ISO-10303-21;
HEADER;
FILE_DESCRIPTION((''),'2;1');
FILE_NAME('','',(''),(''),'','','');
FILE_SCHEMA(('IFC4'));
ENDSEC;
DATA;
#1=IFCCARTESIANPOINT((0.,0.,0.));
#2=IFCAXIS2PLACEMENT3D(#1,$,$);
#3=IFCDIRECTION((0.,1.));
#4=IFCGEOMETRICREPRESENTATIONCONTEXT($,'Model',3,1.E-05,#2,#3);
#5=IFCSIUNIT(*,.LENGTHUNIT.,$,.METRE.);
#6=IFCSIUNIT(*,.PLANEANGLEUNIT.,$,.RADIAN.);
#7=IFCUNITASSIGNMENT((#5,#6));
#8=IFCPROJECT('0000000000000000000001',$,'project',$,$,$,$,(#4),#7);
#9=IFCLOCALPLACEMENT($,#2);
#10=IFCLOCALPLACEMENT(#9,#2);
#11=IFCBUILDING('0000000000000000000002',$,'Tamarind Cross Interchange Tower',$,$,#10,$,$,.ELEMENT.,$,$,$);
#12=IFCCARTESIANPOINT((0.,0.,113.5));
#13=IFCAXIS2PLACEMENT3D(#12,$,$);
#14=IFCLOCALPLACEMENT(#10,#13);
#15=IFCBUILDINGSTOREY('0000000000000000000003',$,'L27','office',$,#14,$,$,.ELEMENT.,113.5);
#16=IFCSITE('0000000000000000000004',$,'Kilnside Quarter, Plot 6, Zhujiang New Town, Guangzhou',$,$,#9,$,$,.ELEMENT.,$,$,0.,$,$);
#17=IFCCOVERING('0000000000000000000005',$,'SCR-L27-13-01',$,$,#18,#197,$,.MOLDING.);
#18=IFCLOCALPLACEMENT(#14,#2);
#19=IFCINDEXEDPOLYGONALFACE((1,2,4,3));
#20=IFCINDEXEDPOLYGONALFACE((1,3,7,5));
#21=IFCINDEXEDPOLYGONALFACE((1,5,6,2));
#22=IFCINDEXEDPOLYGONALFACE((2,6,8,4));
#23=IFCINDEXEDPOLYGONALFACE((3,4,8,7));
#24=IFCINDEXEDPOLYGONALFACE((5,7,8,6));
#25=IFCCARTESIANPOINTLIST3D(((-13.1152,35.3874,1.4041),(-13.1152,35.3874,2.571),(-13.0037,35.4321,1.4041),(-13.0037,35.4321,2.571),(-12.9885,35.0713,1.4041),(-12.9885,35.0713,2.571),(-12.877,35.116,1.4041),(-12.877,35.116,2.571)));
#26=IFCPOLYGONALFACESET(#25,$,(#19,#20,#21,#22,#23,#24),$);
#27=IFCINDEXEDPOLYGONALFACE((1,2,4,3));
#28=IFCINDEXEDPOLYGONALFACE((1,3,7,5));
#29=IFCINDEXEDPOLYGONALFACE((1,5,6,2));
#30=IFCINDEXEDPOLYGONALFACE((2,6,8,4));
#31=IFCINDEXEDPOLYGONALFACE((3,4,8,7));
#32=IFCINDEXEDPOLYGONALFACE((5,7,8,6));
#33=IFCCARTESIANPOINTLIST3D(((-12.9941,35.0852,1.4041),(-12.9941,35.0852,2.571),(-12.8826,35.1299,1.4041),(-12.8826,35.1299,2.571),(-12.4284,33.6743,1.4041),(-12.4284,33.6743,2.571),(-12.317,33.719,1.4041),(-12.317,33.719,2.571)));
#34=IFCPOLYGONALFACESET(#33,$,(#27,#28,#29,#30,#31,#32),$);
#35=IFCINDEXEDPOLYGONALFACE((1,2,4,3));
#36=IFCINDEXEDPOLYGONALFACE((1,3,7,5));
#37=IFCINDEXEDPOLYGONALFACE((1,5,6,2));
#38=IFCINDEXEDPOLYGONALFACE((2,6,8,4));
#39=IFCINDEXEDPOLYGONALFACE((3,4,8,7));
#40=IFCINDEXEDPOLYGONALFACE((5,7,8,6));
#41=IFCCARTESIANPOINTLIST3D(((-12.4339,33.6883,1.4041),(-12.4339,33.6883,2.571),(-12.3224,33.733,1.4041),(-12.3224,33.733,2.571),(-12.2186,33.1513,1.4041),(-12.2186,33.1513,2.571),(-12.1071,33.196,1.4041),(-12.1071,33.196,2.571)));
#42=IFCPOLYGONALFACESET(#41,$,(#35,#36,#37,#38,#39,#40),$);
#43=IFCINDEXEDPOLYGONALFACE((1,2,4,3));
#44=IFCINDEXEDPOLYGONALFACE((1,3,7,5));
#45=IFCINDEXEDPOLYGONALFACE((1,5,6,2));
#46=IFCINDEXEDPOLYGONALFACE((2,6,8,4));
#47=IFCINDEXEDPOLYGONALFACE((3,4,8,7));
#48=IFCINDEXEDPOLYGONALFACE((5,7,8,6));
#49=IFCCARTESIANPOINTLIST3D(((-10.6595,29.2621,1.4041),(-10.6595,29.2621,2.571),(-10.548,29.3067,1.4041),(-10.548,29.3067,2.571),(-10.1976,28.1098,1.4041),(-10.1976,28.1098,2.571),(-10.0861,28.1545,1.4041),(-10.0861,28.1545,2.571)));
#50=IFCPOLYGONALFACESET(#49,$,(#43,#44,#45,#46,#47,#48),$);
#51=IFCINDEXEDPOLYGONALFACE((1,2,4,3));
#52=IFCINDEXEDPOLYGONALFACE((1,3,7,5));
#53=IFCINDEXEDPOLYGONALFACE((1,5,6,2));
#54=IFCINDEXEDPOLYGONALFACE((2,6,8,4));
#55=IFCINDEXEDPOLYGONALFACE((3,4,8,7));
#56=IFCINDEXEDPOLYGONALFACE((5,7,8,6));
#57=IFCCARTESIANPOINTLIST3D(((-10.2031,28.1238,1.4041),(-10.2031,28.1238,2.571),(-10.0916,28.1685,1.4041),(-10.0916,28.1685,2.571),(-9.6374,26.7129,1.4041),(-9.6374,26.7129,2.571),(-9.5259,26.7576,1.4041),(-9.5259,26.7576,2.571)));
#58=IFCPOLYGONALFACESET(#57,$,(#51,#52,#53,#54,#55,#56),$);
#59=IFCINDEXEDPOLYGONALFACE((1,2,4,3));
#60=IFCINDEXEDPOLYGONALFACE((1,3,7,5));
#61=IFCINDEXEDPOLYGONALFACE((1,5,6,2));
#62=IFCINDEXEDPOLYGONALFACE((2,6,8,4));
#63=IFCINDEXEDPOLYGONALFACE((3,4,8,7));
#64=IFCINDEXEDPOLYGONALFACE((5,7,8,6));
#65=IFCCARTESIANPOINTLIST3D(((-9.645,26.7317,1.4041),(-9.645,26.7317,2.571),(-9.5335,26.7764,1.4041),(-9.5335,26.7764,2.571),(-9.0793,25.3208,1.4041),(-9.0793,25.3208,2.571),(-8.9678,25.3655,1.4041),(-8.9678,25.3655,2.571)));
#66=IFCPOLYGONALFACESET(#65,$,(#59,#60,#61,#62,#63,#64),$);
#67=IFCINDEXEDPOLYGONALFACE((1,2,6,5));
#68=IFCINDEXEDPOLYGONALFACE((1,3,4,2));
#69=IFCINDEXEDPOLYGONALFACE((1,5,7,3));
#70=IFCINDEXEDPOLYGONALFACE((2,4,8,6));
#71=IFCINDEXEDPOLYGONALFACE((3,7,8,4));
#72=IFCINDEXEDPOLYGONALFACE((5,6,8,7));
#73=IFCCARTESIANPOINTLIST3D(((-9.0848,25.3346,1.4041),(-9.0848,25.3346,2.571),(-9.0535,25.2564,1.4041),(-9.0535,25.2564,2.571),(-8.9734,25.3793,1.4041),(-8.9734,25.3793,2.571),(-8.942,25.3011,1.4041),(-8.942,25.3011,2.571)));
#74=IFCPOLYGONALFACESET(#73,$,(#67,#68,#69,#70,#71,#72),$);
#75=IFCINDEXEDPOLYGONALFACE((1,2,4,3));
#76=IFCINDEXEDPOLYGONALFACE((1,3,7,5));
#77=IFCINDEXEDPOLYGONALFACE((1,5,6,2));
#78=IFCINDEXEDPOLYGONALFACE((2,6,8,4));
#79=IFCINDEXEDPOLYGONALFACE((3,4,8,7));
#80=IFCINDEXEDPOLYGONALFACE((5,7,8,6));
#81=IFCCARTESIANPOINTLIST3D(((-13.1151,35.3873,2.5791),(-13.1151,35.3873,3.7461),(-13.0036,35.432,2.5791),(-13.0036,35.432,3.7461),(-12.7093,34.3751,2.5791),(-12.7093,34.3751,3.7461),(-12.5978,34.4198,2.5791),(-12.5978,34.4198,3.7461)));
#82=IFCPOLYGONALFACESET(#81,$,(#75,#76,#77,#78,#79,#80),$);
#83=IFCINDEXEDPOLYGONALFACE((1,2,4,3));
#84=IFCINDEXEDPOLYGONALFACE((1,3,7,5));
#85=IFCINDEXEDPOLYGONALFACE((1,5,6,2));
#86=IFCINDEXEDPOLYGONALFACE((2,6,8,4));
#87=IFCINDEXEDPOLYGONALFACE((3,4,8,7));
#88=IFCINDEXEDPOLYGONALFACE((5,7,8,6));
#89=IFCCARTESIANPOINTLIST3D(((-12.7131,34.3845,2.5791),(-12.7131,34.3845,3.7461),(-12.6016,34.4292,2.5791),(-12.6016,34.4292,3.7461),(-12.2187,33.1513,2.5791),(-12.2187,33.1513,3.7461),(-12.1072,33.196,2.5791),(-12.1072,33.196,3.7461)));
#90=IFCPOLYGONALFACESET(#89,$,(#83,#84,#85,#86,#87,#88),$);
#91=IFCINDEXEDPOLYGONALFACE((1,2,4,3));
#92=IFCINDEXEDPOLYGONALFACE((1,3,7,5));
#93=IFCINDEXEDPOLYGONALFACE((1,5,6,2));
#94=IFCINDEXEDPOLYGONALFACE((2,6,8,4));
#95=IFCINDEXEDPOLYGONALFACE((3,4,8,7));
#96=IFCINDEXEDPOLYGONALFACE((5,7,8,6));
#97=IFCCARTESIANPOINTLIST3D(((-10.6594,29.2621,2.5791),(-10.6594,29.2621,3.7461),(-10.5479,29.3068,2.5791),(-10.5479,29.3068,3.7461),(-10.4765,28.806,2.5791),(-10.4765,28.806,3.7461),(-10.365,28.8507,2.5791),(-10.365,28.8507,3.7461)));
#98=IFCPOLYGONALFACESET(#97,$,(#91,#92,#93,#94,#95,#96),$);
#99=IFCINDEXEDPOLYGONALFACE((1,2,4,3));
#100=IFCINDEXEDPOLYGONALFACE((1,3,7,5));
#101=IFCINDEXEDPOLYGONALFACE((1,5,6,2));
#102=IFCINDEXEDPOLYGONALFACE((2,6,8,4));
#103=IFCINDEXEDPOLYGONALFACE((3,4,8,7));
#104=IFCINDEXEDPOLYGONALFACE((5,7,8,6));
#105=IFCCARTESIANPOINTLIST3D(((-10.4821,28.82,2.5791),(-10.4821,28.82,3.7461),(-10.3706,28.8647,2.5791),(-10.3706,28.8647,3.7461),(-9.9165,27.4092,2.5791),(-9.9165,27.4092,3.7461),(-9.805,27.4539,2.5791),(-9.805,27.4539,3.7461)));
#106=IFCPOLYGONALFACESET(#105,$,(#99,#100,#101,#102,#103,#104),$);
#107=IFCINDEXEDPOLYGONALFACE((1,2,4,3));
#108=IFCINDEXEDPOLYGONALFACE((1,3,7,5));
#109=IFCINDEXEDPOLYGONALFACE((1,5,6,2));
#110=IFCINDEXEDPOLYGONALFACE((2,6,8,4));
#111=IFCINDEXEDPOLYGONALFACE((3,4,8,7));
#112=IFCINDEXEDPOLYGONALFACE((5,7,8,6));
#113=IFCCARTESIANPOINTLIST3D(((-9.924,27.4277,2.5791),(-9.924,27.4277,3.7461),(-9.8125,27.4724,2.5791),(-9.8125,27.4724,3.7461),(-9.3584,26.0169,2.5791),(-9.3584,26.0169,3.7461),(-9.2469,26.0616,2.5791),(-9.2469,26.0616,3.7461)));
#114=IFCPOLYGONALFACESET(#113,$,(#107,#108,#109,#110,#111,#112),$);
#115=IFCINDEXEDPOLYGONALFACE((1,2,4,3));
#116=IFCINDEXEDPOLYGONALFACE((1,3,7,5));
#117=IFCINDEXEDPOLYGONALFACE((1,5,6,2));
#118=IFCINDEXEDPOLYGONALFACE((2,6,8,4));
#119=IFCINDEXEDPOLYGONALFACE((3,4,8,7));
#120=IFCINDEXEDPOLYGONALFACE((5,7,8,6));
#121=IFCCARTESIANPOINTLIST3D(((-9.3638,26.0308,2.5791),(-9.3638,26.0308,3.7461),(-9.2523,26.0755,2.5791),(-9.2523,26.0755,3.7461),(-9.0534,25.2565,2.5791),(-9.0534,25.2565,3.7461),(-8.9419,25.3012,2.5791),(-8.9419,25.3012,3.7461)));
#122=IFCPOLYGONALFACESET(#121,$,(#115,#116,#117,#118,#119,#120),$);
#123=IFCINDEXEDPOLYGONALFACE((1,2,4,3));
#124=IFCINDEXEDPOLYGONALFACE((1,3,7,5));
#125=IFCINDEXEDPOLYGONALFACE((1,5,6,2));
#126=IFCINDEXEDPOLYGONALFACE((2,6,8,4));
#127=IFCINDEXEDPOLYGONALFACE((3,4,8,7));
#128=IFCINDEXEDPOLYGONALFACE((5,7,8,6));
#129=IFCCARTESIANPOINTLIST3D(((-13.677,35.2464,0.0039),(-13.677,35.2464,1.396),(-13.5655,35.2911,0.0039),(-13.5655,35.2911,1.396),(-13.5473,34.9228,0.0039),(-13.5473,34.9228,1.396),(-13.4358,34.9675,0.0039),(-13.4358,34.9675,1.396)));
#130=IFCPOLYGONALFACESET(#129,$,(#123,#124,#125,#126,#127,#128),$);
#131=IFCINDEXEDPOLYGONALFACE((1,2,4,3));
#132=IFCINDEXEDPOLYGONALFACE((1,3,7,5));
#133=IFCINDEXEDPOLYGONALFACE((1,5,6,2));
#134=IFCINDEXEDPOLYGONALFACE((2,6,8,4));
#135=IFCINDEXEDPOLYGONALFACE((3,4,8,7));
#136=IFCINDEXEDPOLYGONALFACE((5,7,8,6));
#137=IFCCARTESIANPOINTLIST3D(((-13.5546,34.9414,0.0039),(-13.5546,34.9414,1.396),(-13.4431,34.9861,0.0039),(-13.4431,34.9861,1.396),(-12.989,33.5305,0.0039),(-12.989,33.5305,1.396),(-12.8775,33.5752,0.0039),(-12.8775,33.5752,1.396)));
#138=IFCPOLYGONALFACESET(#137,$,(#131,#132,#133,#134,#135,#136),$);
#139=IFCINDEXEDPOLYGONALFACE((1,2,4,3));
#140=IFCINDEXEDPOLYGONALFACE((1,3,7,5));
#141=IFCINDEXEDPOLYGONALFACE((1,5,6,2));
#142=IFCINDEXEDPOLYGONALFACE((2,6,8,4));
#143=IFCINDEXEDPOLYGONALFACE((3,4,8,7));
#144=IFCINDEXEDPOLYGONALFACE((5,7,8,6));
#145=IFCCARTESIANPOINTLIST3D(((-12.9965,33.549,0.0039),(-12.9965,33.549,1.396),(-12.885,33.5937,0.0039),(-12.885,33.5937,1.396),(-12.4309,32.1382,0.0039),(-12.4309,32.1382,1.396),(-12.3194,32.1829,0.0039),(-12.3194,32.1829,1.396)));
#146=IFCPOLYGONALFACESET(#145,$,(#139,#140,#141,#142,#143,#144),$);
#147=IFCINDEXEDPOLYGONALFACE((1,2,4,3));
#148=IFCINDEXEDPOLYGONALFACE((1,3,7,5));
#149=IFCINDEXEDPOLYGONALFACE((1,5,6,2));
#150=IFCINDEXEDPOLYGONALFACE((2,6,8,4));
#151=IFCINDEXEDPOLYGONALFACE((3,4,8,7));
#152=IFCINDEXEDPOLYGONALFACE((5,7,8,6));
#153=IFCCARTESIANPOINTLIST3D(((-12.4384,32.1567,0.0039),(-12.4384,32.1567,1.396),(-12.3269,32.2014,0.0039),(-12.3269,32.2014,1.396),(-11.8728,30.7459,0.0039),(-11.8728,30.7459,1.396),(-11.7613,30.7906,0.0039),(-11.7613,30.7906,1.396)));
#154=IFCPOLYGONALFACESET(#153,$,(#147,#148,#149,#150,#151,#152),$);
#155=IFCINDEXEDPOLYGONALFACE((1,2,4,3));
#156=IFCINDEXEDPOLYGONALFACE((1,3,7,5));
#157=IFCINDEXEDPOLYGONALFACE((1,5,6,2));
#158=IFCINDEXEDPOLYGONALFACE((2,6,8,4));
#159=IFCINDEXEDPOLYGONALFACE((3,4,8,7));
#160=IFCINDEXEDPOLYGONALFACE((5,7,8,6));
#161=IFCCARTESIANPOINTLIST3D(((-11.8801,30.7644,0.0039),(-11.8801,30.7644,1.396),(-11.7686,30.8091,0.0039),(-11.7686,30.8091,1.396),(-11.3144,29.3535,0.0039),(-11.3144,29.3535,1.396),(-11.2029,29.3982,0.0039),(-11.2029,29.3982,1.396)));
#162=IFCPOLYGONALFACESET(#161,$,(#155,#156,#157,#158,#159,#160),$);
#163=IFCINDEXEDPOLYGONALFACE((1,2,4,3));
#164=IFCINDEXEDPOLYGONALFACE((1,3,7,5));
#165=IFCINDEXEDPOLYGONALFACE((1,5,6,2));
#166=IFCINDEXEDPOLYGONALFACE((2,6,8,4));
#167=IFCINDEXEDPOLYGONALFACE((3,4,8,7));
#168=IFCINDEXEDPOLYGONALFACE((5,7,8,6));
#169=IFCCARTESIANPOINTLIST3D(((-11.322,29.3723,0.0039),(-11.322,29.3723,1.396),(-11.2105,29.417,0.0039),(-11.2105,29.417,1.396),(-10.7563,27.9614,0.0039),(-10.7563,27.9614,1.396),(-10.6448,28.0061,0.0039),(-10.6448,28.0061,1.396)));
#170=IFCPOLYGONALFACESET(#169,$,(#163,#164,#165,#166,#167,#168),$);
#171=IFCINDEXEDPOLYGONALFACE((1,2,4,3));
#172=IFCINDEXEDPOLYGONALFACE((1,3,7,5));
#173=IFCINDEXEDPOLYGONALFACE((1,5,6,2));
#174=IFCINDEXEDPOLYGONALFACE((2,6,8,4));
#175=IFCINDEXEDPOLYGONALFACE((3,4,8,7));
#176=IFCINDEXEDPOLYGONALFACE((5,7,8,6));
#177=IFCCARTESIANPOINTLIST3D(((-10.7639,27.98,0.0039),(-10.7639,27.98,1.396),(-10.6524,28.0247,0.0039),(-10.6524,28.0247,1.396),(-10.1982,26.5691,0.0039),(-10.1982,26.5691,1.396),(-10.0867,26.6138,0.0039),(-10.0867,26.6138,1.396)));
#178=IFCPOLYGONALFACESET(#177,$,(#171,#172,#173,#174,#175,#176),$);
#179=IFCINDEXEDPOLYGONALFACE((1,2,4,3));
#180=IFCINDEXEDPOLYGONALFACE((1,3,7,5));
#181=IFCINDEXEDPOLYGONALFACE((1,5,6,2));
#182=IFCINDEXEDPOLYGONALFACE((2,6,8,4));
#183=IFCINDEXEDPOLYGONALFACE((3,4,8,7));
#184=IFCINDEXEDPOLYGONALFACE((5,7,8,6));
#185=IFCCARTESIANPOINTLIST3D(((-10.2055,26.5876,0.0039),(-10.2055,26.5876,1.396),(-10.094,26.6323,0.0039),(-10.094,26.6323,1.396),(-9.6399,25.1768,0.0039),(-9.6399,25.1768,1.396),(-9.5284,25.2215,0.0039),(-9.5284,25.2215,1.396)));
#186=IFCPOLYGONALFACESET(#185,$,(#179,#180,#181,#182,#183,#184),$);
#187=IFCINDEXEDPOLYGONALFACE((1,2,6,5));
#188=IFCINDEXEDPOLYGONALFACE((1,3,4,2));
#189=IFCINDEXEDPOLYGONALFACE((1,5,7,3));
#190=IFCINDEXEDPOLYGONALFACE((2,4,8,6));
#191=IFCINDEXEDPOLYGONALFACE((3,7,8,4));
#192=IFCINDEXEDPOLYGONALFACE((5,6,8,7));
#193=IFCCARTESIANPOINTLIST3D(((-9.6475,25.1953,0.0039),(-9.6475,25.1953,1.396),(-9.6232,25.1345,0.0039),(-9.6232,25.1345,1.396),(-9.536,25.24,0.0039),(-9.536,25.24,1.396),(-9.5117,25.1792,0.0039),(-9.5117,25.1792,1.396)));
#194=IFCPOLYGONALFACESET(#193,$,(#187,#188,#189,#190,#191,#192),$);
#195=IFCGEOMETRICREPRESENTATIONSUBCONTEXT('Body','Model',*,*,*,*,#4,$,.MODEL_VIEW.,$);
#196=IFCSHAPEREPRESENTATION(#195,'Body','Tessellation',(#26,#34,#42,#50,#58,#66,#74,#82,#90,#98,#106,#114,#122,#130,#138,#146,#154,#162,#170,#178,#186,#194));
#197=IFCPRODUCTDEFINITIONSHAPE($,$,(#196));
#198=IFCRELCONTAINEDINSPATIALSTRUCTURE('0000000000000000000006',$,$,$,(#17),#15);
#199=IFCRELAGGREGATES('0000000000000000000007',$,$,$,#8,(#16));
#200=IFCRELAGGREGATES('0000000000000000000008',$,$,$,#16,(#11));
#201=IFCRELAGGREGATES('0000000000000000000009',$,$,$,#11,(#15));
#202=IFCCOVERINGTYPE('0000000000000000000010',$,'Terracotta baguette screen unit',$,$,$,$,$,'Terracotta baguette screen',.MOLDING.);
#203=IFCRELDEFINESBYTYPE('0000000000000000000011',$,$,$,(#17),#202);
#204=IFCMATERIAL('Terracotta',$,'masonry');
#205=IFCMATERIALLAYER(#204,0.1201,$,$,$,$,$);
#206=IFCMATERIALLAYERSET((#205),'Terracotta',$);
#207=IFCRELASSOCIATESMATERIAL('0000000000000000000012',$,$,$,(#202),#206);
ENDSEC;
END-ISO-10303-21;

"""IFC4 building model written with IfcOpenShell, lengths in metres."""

from ifc_helpers import new_model, si_unit, direction, frame, origin, origin_2d, place, context, subcontext, project, spatial, rectangle, extrude, material, layer, layer_set, type_object, element, save


model = new_model("IFC4")

# Units and contexts
model_context = context("Model", 3, precision=1e-05, world=origin(), true_north=direction((0.0, 1.0)))
body_context = subcontext(model_context, "Body", "Model", "MODEL_VIEW")
ifc_project = project(units=[si_unit("LENGTHUNIT", "METRE"), si_unit("PLANEANGLEUNIT", "RADIAN")], contexts=[model_context])

# Site, building, storey
site_placement = place(None, origin())
site = spatial("IfcSite", under=ifc_project, at=site_placement, Name="Kilnside Quarter, Plot 6, Zhujiang New Town, Guangzhou", CompositionType="ELEMENT", RefElevation=0.0)
building_placement = place(site_placement, origin())
building = spatial("IfcBuilding", under=site, at=building_placement, Name="Tamarind Cross Interchange Tower", CompositionType="ELEMENT")
storey_placement = place(building_placement, frame((0.0, 0.0, 113.5)))
storey = spatial("IfcBuildingStorey", under=building, at=storey_placement, Name="L27", Description="office", CompositionType="ELEMENT", Elevation=113.5)

# Covering
ifc_material_1 = material(Name="Terracotta", Category="masonry")
ifc_layer_1 = layer(ifc_material_1, 0.1201)
ifc_layer_set_1 = layer_set([ifc_layer_1], Name="Terracotta")
covering_type = type_object("IfcCoveringType", Name="Terracotta baguette screen unit", ElementType="Terracotta baguette screen", PredefinedType="MOLDING", material=ifc_layer_set_1)
covering_1_placement = place(storey_placement, origin())
element("IfcCovering", 1, at=covering_1_placement, inside=storey, type_object=covering_type, Name="SCR-L27-13-01", PredefinedType="MOLDING", context=body_context, shape_type="SweptSolid", body=[
    extrude(rectangle(XDim=0.3406, YDim=0.1201, at=origin_2d()), frame((-12.9961, 35.2517, 1.4041), z_axis=(0.0, 0.0, 1.0), x_axis=(0.372124, -0.928183, 0.0)), (0.0, 0.0, 1.0), 1.167),
    extrude(rectangle(XDim=1.52, YDim=0.1201, at=origin_2d()), frame((-12.6555, 34.4021, 1.4041), z_axis=(0.0, 0.0, 1.0), x_axis=(0.372124, -0.928183, 0.0)), (0.0, 0.0, 1.0), 1.167),
    extrude(rectangle(XDim=0.5786, YDim=0.1201, at=origin_2d()), frame((-12.2705, 33.4421, 1.4041), z_axis=(0.0, 0.0, 1.0), x_axis=(0.372124, -0.928183, 0.0)), (0.0, 0.0, 1.0), 1.167),
    extrude(rectangle(XDim=1.2415, YDim=0.1201, at=origin_2d()), frame((-10.3728, 28.7083, 1.4041), z_axis=(0.0, 0.0, 1.0), x_axis=(0.372124, -0.928183, 0.0)), (0.0, 0.0, 1.0), 1.167),
    extrude(rectangle(XDim=1.52, YDim=0.1201, at=origin_2d()), frame((-9.8645, 27.4407, 1.4041), z_axis=(0.0, 0.0, 1.0), x_axis=(0.372124, -0.928183, 0.0)), (0.0, 0.0, 1.0), 1.167),
    extrude(rectangle(XDim=1.52, YDim=0.1201, at=origin_2d()), frame((-9.3064, 26.0486, 1.4041), z_axis=(0.0, 0.0, 1.0), x_axis=(0.372124, -0.928183, 0.0)), (0.0, 0.0, 1.0), 1.167),
    extrude(rectangle(XDim=0.0842, YDim=0.1201, at=origin_2d()), frame((-9.0134, 25.3179, 1.4041), z_axis=(0.0, 0.0, 1.0), x_axis=(0.372124, -0.928183, 0.0)), (0.0, 0.0, 1.0), 1.167),
    extrude(rectangle(XDim=1.0906, YDim=0.1201, at=origin_2d()), frame((-12.8564, 34.9036, 2.5791), z_axis=(0.0, 0.0, 1.0), x_axis=(0.372124, -0.928183, 0.0)), (0.0, 0.0, 1.0), 1.167),
    extrude(rectangle(XDim=1.3286, YDim=0.1201, at=origin_2d()), frame((-12.4102, 33.7903, 2.5791), z_axis=(0.0, 0.0, 1.0), x_axis=(0.372124, -0.928183, 0.0)), (0.0, 0.0, 1.0), 1.167),
    extrude(rectangle(XDim=0.4915, YDim=0.1201, at=origin_2d()), frame((-10.5122, 29.0564, 2.5791), z_axis=(0.0, 0.0, 1.0), x_axis=(0.372124, -0.928183, 0.0)), (0.0, 0.0, 1.0), 1.167),
    extrude(rectangle(XDim=1.52, YDim=0.1201, at=origin_2d()), frame((-10.1436, 28.137, 2.5791), z_axis=(0.0, 0.0, 1.0), x_axis=(0.372124, -0.928183, 0.0)), (0.0, 0.0, 1.0), 1.167),
    extrude(rectangle(XDim=1.52, YDim=0.1201, at=origin_2d()), frame((-9.5854, 26.7446, 2.5791), z_axis=(0.0, 0.0, 1.0), x_axis=(0.372124, -0.928183, 0.0)), (0.0, 0.0, 1.0), 1.167),
    extrude(rectangle(XDim=0.8342, YDim=0.1201, at=origin_2d()), frame((-9.1528, 25.666, 2.5791), z_axis=(0.0, 0.0, 1.0), x_axis=(0.372124, -0.928183, 0.0)), (0.0, 0.0, 1.0), 1.167),
    extrude(rectangle(XDim=0.3486, YDim=0.1201, at=origin_2d()), frame((-13.5564, 35.1069, 0.0039), z_axis=(0.0, 0.0, 1.0), x_axis=(0.372124, -0.928183, 0.0)), (0.0, 0.0, 1.0), 1.3921),
    extrude(rectangle(XDim=1.52, YDim=0.1201, at=origin_2d()), frame((-13.2161, 34.2583, 0.0039), z_axis=(0.0, 0.0, 1.0), x_axis=(0.372124, -0.928183, 0.0)), (0.0, 0.0, 1.0), 1.3921),
    extrude(rectangle(XDim=1.52, YDim=0.1201, at=origin_2d()), frame((-12.658, 32.866, 0.0039), z_axis=(0.0, 0.0, 1.0), x_axis=(0.372124, -0.928183, 0.0)), (0.0, 0.0, 1.0), 1.3921),
    extrude(rectangle(XDim=1.52, YDim=0.1201, at=origin_2d()), frame((-12.0999, 31.4736, 0.0039), z_axis=(0.0, 0.0, 1.0), x_axis=(0.372124, -0.928183, 0.0)), (0.0, 0.0, 1.0), 1.3921),
    extrude(rectangle(XDim=1.52, YDim=0.1201, at=origin_2d()), frame((-11.5415, 30.0813, 0.0039), z_axis=(0.0, 0.0, 1.0), x_axis=(0.372124, -0.928183, 0.0)), (0.0, 0.0, 1.0), 1.3921),
    extrude(rectangle(XDim=1.52, YDim=0.1201, at=origin_2d()), frame((-10.9834, 28.6892, 0.0039), z_axis=(0.0, 0.0, 1.0), x_axis=(0.372124, -0.928183, 0.0)), (0.0, 0.0, 1.0), 1.3921),
    extrude(rectangle(XDim=1.52, YDim=0.1201, at=origin_2d()), frame((-10.4253, 27.2969, 0.0039), z_axis=(0.0, 0.0, 1.0), x_axis=(0.372124, -0.928183, 0.0)), (0.0, 0.0, 1.0), 1.3921),
    extrude(rectangle(XDim=1.52, YDim=0.1201, at=origin_2d()), frame((-9.8669, 25.9045, 0.0039), z_axis=(0.0, 0.0, 1.0), x_axis=(0.372124, -0.928183, 0.0)), (0.0, 0.0, 1.0), 1.3921),
    extrude(rectangle(XDim=0.0654, YDim=0.1201, at=origin_2d()), frame((-9.5796, 25.1873, 0.0039), z_axis=(0.0, 0.0, 1.0), x_axis=(0.372124, -0.928183, 0.0)), (0.0, 0.0, 1.0), 1.3921),
])

save(model, "model.ifc")
